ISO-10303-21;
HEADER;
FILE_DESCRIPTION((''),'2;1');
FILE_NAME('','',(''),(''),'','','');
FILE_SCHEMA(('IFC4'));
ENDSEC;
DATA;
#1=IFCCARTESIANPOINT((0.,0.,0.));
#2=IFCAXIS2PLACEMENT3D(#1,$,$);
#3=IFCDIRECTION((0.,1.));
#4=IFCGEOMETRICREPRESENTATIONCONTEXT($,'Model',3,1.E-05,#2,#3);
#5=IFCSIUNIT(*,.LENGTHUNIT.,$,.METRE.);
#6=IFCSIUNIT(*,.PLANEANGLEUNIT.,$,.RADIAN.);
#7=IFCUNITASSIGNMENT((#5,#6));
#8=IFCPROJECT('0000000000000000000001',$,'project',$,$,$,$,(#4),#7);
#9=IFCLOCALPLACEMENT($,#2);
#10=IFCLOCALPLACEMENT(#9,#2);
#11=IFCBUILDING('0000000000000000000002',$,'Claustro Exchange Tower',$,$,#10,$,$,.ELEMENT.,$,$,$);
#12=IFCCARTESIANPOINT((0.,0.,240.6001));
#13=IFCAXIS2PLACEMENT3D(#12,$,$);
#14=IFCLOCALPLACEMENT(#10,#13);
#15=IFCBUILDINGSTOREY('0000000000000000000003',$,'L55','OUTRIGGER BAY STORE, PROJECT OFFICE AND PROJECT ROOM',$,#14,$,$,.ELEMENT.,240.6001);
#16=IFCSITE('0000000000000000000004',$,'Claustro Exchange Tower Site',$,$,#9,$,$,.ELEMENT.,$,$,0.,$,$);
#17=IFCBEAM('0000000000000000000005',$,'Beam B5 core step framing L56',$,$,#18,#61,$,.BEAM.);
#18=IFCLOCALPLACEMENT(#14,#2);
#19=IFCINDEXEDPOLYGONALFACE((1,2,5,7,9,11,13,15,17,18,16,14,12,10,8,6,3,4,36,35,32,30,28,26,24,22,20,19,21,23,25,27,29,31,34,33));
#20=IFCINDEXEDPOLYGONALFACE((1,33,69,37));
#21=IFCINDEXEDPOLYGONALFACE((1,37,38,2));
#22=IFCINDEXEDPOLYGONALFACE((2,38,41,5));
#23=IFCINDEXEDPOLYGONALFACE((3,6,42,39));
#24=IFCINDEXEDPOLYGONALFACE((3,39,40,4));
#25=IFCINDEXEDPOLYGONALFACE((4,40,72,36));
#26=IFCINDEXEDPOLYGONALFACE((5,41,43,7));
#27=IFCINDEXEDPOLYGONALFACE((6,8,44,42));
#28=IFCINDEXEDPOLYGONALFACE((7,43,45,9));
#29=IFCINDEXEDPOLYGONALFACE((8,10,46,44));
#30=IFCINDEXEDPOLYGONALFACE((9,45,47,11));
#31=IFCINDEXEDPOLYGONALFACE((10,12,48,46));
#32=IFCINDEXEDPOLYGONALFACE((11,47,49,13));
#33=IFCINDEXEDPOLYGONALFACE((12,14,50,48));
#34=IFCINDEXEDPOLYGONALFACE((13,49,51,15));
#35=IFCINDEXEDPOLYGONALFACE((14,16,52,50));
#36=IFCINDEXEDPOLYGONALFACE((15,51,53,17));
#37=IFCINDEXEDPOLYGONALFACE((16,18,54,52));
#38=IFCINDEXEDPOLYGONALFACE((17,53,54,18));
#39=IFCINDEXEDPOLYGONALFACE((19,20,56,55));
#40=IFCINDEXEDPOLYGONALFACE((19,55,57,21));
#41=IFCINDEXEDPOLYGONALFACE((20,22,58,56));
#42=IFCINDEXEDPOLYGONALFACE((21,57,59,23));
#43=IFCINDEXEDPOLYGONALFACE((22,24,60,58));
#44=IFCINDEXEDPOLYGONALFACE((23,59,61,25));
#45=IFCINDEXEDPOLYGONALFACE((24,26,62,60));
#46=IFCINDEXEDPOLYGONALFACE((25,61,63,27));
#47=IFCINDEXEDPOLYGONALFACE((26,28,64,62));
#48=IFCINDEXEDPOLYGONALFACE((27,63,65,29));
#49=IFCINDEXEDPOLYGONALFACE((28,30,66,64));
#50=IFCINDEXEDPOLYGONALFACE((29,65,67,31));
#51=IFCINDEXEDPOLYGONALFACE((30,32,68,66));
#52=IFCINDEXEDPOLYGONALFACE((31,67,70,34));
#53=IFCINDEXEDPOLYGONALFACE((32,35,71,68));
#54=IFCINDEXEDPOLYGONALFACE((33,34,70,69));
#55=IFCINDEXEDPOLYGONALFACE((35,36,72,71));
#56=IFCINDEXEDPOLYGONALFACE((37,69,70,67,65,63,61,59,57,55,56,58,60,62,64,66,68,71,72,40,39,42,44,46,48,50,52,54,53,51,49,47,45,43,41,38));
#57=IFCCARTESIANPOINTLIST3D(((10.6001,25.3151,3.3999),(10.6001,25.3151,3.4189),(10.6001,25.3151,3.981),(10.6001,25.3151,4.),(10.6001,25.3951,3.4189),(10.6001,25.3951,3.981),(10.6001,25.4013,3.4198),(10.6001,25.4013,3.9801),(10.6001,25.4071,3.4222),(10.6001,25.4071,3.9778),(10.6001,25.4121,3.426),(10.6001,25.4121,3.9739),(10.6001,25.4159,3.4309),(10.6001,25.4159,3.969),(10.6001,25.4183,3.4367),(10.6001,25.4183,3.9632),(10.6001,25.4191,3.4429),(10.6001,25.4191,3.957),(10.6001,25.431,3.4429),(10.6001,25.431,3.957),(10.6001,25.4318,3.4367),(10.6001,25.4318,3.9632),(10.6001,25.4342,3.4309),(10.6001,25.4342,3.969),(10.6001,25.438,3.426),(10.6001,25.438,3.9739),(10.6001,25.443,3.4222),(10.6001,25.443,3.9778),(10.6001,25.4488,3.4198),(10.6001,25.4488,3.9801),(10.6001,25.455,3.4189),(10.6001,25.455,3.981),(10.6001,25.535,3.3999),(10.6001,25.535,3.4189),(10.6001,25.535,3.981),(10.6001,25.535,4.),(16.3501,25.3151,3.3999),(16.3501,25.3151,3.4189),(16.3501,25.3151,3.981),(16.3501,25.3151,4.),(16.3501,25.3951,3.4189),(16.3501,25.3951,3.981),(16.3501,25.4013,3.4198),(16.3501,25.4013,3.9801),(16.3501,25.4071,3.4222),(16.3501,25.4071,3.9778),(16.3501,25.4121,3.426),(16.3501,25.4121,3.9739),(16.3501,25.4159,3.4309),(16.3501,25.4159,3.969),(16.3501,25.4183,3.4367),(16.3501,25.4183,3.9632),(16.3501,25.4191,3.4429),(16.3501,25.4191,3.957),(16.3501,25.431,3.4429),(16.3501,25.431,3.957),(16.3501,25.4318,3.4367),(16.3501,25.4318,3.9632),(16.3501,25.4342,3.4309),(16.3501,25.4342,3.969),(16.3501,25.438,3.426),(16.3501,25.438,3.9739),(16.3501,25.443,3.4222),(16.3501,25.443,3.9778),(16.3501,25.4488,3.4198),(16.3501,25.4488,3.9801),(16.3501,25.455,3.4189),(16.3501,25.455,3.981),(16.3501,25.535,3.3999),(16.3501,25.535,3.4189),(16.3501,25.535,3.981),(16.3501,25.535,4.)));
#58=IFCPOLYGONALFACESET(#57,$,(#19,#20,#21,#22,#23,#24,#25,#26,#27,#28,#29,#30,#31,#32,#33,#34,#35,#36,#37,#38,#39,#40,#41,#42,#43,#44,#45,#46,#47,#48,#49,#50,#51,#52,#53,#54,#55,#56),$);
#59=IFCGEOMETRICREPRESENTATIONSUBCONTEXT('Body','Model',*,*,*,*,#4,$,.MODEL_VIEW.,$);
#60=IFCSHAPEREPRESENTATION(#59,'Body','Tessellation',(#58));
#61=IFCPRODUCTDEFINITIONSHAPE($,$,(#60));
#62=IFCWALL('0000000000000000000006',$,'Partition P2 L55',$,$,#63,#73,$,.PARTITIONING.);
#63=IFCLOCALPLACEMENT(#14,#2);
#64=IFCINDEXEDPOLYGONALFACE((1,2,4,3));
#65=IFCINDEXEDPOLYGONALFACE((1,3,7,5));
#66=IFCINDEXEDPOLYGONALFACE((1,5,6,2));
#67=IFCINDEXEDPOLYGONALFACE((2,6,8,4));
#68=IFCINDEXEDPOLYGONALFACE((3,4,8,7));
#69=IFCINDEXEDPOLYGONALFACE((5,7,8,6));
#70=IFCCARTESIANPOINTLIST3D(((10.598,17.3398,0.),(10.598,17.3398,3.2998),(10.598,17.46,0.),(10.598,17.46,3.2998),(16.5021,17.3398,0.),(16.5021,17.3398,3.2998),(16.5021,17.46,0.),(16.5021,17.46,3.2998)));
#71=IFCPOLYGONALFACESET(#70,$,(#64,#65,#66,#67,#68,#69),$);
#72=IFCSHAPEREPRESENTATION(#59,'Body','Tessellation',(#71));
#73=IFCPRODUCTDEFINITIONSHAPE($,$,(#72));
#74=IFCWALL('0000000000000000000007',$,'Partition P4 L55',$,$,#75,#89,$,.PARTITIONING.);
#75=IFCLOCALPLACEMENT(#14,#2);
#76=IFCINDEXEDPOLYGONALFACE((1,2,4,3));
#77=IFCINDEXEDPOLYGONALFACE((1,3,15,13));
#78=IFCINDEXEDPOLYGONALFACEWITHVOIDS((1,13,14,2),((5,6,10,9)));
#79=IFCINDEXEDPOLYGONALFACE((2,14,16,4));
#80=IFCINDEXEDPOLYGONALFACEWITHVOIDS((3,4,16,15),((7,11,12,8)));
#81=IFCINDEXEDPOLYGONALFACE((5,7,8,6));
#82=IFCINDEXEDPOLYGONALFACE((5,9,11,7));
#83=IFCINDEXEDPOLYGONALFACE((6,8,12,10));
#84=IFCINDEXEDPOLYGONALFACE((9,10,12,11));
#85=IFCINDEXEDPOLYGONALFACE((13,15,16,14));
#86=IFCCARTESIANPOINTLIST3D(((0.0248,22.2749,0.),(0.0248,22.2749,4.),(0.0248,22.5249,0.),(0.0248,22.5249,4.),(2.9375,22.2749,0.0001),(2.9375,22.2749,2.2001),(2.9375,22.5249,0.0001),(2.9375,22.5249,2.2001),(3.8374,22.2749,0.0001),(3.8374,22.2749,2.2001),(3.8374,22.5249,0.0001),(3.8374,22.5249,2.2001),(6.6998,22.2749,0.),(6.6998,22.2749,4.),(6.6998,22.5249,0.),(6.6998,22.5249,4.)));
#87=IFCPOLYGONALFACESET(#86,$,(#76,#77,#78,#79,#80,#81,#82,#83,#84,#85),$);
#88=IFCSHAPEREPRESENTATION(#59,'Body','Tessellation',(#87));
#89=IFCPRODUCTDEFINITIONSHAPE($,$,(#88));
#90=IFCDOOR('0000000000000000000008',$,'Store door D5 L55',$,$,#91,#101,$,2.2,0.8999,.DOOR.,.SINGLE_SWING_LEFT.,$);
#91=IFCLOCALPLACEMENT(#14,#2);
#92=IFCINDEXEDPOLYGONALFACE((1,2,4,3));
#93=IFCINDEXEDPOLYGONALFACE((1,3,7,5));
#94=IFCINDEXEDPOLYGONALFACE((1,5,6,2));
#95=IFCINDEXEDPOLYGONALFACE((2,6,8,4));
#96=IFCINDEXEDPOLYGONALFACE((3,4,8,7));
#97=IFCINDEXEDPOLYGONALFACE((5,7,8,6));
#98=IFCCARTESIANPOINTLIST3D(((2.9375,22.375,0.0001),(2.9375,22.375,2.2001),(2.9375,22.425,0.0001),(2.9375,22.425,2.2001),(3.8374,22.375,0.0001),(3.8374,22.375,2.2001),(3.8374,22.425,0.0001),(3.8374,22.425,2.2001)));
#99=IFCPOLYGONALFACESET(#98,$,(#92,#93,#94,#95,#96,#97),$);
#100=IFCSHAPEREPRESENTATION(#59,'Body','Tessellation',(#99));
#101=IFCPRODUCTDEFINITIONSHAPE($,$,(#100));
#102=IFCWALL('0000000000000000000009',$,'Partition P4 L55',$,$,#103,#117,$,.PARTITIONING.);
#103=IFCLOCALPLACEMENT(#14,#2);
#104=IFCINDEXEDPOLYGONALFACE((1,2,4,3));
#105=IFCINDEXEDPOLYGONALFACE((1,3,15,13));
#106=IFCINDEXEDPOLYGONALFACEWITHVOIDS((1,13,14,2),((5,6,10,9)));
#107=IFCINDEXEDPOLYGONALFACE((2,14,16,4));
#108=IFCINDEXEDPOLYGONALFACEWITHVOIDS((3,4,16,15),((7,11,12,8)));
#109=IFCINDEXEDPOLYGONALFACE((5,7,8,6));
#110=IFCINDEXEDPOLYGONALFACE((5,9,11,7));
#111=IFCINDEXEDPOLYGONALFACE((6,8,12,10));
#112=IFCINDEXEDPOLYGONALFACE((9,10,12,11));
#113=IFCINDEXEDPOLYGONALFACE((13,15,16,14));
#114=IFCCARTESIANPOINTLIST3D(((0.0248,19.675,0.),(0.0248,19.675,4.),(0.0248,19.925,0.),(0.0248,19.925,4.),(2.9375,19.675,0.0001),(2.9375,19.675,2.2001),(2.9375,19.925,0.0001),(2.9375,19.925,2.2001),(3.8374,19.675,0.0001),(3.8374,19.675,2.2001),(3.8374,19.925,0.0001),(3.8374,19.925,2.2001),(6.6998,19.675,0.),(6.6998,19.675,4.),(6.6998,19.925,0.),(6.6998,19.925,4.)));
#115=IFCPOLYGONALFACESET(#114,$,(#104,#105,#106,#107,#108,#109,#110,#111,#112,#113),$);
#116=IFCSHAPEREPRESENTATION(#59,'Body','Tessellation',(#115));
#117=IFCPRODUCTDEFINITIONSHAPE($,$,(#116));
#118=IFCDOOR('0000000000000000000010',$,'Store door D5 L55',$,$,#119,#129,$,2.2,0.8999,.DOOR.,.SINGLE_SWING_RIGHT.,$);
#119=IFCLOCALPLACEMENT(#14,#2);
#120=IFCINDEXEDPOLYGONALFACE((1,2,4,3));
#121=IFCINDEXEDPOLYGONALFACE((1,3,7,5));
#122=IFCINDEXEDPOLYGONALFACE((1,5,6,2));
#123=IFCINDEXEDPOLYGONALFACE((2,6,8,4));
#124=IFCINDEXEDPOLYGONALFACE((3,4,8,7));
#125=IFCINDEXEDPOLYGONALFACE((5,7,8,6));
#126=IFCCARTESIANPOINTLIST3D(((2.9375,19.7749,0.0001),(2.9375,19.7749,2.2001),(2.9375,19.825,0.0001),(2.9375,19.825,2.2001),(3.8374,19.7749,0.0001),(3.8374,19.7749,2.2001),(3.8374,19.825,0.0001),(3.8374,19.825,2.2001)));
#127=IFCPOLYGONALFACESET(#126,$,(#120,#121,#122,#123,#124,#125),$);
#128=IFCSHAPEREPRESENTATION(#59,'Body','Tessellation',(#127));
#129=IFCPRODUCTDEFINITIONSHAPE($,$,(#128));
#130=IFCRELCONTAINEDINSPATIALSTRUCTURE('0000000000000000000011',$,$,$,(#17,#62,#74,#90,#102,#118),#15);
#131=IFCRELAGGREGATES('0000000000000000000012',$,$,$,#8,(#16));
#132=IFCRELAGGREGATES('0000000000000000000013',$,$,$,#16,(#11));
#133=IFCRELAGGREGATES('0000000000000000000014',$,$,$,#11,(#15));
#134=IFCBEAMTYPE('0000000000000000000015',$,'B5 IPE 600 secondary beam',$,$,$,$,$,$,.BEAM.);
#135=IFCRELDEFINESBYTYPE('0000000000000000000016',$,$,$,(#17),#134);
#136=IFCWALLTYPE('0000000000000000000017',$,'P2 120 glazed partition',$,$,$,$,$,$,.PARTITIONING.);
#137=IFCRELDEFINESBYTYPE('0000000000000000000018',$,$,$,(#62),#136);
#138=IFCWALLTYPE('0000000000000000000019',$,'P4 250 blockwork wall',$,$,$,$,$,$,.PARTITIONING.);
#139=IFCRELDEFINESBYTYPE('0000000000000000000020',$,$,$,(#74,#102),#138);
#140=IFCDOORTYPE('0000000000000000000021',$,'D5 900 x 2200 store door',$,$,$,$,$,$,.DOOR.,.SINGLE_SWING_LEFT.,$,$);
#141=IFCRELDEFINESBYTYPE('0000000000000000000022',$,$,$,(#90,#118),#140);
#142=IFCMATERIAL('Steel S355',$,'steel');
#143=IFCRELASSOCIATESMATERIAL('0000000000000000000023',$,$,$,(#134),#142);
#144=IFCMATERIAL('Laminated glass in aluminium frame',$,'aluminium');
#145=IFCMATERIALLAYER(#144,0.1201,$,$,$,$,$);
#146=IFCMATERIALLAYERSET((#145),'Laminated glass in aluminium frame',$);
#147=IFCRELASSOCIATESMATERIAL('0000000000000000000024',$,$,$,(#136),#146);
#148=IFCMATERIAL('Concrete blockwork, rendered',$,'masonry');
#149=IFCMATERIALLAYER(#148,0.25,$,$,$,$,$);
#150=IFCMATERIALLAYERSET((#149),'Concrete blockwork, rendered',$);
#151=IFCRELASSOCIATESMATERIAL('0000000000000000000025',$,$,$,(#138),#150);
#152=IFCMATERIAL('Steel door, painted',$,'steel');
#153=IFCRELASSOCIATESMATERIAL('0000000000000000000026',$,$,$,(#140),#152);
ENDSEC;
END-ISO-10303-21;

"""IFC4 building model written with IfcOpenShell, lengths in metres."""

from ifc_helpers import new_model, si_unit, direction, frame, frame_2d, origin, origin_2d, place, context, subcontext, project, spatial, rectangle, i_section, extrude, material, layer, layer_set, material_profile, profile_set, type_object, element, fill, save


model = new_model("IFC4")

# Units and contexts
model_context = context("Model", 3, precision=1e-05, world=origin(), true_north=direction((0.0, 1.0)))
body_context = subcontext(model_context, "Body", "Model", "MODEL_VIEW")
ifc_project = project(units=[si_unit("LENGTHUNIT", "METRE"), si_unit("PLANEANGLEUNIT", "RADIAN")], contexts=[model_context])

# Site, building, storey
site_placement = place(None, origin())
site = spatial("IfcSite", under=ifc_project, at=site_placement, Name="Claustro Exchange Tower Site", CompositionType="ELEMENT", RefElevation=0.0)
building_placement = place(site_placement, origin())
building = spatial("IfcBuilding", under=site, at=building_placement, Name="Claustro Exchange Tower", CompositionType="ELEMENT")
storey_placement = place(building_placement, frame((0.0, 0.0, 240.6001)))
storey = spatial("IfcBuildingStorey", under=building, at=storey_placement, Name="L55", Description="OUTRIGGER BAY STORE, PROJECT OFFICE AND PROJECT ROOM", CompositionType="ELEMENT", Elevation=240.6001)

# Beam
ifc_material_1 = material(Name="Steel S355", Category="steel")
ifc_material_profile_1 = material_profile(ifc_material_1, i_section(OverallWidth=0.22, OverallDepth=0.6001, WebThickness=0.012, FlangeThickness=0.019, FilletRadius=0.0239, at=origin_2d()), Name="IPE 600")
ifc_profile_set_1 = profile_set([ifc_material_profile_1], Name="Steel S355")
beam_type_1 = type_object("IfcBeamType", Name="B5 IPE 600 secondary beam", PredefinedType="BEAM", material=ifc_profile_set_1)
for number, where, z_axis, x_axis, name in (
    (1, (10.6001, 25.425, 3.7), (1.0, 0.0, 0.0), (0.0, 1.0, 0.0), "Beam B5 core step framing L56"),
):
    element("IfcBeam", number, at=place(storey_placement, frame(where, z_axis=z_axis, x_axis=x_axis)), inside=storey, type_object=beam_type_1, Name=name, PredefinedType="BEAM", context=body_context, shape_type="SweptSolid", body=[
        extrude(i_section(OverallWidth=0.22, OverallDepth=0.6001, WebThickness=0.012, FlangeThickness=0.019, FilletRadius=0.0239, at=origin_2d()), origin(), (0.0, 0.0, 1.0), 5.75),
    ])

# Wall
ifc_material_2 = material(Name="Laminated glass in aluminium frame", Category="aluminium")
ifc_layer_1 = layer(ifc_material_2, 0.1201)
ifc_layer_set_1 = layer_set([ifc_layer_1], Name="Laminated glass in aluminium frame")
wall_type_1 = type_object("IfcWallType", Name="P2 120 glazed partition", PredefinedType="PARTITIONING", material=ifc_layer_set_1)
wall_1_placement = place(storey_placement, frame((10.5979, 17.3999, 0.0), z_axis=(0.0, 0.0, 1.0), x_axis=(1.0, 0.0, 0.0)))
element("IfcWall", 2, at=wall_1_placement, inside=storey, type_object=wall_type_1, Name="Partition P2 L55", PredefinedType="PARTITIONING", context=body_context, shape_type="SweptSolid", body=[
    extrude(rectangle(XDim=5.9041, YDim=0.1201, at=frame_2d((2.9521, 0.0))), origin(), (0.0, 0.0, 1.0), 3.2998),
])

# Walls, openings, doors
ifc_material_3 = material(Name="Concrete blockwork, rendered", Category="masonry")
ifc_layer_2 = layer(ifc_material_3, 0.25)
ifc_layer_set_2 = layer_set([ifc_layer_2], Name="Concrete blockwork, rendered")
wall_type_2 = type_object("IfcWallType", Name="P4 250 blockwork wall", PredefinedType="PARTITIONING", material=ifc_layer_set_2)
wall_2_placement = place(storey_placement, frame((0.0249, 22.3999, 0.0), z_axis=(0.0, 0.0, 1.0), x_axis=(1.0, 0.0, 0.0)))
wall_2 = element("IfcWall", 3, at=wall_2_placement, inside=storey, type_object=wall_type_2, Name="Partition P4 L55", PredefinedType="PARTITIONING", context=body_context, shape_type="SweptSolid", body=[
    extrude(rectangle(XDim=6.675, YDim=0.25, at=frame_2d((3.3374, 0.0))), origin(), (0.0, 0.0, 1.0), 4.0),
])
opening_1_placement = place(wall_2_placement, frame((2.9126, 0.0, 0.0)))
opening_1 = element("IfcOpeningElement", 4, at=opening_1_placement, cuts=wall_2, PredefinedType="OPENING", context=body_context, shape_type="SweptSolid", body=[
    extrude(rectangle(XDim=0.8999, YDim=2.2, at=frame_2d((0.45, 1.1001))), frame((0.0, 0.135, 0.0), z_axis=(0.0, -1.0, 0.0), x_axis=(1.0, 0.0, 0.0)), (0.0, 0.0, 1.0), 0.27),
])
ifc_material_4 = material(Name="Steel door, painted", Category="steel")
door_type = type_object("IfcDoorType", Name="D5 900 x 2200 store door", OperationType="SINGLE_SWING_LEFT", PredefinedType="DOOR", material=ifc_material_4)
door_1_placement = place(opening_1_placement, frame((0.8999, 0.0, 0.0), z_axis=(0.0, 0.0, 1.0), x_axis=(-1.0, 0.0, 0.0)))
door_1 = element("IfcDoor", 5, at=door_1_placement, inside=storey, type_object=door_type, Name="Store door D5 L55", OperationType="SINGLE_SWING_LEFT", OverallHeight=2.2, OverallWidth=0.8999, PredefinedType="DOOR", context=body_context, shape_type="SweptSolid", body=[
    extrude(rectangle(XDim=0.8999, YDim=2.2, at=frame_2d((0.45, 1.1001))), frame((0.0, 0.0249, 0.0), z_axis=(0.0, -1.0, 0.0), x_axis=(1.0, 0.0, 0.0)), (0.0, 0.0, 1.0), 0.05),
])
fill(opening_1, door_1)
wall_3_placement = place(storey_placement, frame((0.0249, 19.8, 0.0), z_axis=(0.0, 0.0, 1.0), x_axis=(1.0, 0.0, 0.0)))
wall_3 = element("IfcWall", 6, at=wall_3_placement, inside=storey, type_object=wall_type_2, Name="Partition P4 L55", PredefinedType="PARTITIONING", context=body_context, shape_type="SweptSolid", body=[
    extrude(rectangle(XDim=6.675, YDim=0.25, at=frame_2d((3.3374, 0.0))), origin(), (0.0, 0.0, 1.0), 4.0),
])
opening_2_placement = place(wall_3_placement, frame((2.9126, 0.0, 0.0)))
opening_2 = element("IfcOpeningElement", 7, at=opening_2_placement, cuts=wall_3, PredefinedType="OPENING", context=body_context, shape_type="SweptSolid", body=[
    extrude(rectangle(XDim=0.8999, YDim=2.2, at=frame_2d((0.45, 1.1001))), frame((0.0, 0.135, 0.0), z_axis=(0.0, -1.0, 0.0), x_axis=(1.0, 0.0, 0.0)), (0.0, 0.0, 1.0), 0.27),
])
door_2_placement = place(opening_2_placement, origin())
door_2 = element("IfcDoor", 8, at=door_2_placement, inside=storey, type_object=door_type, Name="Store door D5 L55", OperationType="SINGLE_SWING_RIGHT", OverallHeight=2.2, OverallWidth=0.8999, PredefinedType="DOOR", context=body_context, shape_type="SweptSolid", body=[
    extrude(rectangle(XDim=0.8999, YDim=2.2, at=frame_2d((0.45, 1.1001))), frame((0.0, 0.0249, 0.0), z_axis=(0.0, -1.0, 0.0), x_axis=(1.0, 0.0, 0.0)), (0.0, 0.0, 1.0), 0.05),
])
fill(opening_2, door_2)

save(model, "model.ifc")
